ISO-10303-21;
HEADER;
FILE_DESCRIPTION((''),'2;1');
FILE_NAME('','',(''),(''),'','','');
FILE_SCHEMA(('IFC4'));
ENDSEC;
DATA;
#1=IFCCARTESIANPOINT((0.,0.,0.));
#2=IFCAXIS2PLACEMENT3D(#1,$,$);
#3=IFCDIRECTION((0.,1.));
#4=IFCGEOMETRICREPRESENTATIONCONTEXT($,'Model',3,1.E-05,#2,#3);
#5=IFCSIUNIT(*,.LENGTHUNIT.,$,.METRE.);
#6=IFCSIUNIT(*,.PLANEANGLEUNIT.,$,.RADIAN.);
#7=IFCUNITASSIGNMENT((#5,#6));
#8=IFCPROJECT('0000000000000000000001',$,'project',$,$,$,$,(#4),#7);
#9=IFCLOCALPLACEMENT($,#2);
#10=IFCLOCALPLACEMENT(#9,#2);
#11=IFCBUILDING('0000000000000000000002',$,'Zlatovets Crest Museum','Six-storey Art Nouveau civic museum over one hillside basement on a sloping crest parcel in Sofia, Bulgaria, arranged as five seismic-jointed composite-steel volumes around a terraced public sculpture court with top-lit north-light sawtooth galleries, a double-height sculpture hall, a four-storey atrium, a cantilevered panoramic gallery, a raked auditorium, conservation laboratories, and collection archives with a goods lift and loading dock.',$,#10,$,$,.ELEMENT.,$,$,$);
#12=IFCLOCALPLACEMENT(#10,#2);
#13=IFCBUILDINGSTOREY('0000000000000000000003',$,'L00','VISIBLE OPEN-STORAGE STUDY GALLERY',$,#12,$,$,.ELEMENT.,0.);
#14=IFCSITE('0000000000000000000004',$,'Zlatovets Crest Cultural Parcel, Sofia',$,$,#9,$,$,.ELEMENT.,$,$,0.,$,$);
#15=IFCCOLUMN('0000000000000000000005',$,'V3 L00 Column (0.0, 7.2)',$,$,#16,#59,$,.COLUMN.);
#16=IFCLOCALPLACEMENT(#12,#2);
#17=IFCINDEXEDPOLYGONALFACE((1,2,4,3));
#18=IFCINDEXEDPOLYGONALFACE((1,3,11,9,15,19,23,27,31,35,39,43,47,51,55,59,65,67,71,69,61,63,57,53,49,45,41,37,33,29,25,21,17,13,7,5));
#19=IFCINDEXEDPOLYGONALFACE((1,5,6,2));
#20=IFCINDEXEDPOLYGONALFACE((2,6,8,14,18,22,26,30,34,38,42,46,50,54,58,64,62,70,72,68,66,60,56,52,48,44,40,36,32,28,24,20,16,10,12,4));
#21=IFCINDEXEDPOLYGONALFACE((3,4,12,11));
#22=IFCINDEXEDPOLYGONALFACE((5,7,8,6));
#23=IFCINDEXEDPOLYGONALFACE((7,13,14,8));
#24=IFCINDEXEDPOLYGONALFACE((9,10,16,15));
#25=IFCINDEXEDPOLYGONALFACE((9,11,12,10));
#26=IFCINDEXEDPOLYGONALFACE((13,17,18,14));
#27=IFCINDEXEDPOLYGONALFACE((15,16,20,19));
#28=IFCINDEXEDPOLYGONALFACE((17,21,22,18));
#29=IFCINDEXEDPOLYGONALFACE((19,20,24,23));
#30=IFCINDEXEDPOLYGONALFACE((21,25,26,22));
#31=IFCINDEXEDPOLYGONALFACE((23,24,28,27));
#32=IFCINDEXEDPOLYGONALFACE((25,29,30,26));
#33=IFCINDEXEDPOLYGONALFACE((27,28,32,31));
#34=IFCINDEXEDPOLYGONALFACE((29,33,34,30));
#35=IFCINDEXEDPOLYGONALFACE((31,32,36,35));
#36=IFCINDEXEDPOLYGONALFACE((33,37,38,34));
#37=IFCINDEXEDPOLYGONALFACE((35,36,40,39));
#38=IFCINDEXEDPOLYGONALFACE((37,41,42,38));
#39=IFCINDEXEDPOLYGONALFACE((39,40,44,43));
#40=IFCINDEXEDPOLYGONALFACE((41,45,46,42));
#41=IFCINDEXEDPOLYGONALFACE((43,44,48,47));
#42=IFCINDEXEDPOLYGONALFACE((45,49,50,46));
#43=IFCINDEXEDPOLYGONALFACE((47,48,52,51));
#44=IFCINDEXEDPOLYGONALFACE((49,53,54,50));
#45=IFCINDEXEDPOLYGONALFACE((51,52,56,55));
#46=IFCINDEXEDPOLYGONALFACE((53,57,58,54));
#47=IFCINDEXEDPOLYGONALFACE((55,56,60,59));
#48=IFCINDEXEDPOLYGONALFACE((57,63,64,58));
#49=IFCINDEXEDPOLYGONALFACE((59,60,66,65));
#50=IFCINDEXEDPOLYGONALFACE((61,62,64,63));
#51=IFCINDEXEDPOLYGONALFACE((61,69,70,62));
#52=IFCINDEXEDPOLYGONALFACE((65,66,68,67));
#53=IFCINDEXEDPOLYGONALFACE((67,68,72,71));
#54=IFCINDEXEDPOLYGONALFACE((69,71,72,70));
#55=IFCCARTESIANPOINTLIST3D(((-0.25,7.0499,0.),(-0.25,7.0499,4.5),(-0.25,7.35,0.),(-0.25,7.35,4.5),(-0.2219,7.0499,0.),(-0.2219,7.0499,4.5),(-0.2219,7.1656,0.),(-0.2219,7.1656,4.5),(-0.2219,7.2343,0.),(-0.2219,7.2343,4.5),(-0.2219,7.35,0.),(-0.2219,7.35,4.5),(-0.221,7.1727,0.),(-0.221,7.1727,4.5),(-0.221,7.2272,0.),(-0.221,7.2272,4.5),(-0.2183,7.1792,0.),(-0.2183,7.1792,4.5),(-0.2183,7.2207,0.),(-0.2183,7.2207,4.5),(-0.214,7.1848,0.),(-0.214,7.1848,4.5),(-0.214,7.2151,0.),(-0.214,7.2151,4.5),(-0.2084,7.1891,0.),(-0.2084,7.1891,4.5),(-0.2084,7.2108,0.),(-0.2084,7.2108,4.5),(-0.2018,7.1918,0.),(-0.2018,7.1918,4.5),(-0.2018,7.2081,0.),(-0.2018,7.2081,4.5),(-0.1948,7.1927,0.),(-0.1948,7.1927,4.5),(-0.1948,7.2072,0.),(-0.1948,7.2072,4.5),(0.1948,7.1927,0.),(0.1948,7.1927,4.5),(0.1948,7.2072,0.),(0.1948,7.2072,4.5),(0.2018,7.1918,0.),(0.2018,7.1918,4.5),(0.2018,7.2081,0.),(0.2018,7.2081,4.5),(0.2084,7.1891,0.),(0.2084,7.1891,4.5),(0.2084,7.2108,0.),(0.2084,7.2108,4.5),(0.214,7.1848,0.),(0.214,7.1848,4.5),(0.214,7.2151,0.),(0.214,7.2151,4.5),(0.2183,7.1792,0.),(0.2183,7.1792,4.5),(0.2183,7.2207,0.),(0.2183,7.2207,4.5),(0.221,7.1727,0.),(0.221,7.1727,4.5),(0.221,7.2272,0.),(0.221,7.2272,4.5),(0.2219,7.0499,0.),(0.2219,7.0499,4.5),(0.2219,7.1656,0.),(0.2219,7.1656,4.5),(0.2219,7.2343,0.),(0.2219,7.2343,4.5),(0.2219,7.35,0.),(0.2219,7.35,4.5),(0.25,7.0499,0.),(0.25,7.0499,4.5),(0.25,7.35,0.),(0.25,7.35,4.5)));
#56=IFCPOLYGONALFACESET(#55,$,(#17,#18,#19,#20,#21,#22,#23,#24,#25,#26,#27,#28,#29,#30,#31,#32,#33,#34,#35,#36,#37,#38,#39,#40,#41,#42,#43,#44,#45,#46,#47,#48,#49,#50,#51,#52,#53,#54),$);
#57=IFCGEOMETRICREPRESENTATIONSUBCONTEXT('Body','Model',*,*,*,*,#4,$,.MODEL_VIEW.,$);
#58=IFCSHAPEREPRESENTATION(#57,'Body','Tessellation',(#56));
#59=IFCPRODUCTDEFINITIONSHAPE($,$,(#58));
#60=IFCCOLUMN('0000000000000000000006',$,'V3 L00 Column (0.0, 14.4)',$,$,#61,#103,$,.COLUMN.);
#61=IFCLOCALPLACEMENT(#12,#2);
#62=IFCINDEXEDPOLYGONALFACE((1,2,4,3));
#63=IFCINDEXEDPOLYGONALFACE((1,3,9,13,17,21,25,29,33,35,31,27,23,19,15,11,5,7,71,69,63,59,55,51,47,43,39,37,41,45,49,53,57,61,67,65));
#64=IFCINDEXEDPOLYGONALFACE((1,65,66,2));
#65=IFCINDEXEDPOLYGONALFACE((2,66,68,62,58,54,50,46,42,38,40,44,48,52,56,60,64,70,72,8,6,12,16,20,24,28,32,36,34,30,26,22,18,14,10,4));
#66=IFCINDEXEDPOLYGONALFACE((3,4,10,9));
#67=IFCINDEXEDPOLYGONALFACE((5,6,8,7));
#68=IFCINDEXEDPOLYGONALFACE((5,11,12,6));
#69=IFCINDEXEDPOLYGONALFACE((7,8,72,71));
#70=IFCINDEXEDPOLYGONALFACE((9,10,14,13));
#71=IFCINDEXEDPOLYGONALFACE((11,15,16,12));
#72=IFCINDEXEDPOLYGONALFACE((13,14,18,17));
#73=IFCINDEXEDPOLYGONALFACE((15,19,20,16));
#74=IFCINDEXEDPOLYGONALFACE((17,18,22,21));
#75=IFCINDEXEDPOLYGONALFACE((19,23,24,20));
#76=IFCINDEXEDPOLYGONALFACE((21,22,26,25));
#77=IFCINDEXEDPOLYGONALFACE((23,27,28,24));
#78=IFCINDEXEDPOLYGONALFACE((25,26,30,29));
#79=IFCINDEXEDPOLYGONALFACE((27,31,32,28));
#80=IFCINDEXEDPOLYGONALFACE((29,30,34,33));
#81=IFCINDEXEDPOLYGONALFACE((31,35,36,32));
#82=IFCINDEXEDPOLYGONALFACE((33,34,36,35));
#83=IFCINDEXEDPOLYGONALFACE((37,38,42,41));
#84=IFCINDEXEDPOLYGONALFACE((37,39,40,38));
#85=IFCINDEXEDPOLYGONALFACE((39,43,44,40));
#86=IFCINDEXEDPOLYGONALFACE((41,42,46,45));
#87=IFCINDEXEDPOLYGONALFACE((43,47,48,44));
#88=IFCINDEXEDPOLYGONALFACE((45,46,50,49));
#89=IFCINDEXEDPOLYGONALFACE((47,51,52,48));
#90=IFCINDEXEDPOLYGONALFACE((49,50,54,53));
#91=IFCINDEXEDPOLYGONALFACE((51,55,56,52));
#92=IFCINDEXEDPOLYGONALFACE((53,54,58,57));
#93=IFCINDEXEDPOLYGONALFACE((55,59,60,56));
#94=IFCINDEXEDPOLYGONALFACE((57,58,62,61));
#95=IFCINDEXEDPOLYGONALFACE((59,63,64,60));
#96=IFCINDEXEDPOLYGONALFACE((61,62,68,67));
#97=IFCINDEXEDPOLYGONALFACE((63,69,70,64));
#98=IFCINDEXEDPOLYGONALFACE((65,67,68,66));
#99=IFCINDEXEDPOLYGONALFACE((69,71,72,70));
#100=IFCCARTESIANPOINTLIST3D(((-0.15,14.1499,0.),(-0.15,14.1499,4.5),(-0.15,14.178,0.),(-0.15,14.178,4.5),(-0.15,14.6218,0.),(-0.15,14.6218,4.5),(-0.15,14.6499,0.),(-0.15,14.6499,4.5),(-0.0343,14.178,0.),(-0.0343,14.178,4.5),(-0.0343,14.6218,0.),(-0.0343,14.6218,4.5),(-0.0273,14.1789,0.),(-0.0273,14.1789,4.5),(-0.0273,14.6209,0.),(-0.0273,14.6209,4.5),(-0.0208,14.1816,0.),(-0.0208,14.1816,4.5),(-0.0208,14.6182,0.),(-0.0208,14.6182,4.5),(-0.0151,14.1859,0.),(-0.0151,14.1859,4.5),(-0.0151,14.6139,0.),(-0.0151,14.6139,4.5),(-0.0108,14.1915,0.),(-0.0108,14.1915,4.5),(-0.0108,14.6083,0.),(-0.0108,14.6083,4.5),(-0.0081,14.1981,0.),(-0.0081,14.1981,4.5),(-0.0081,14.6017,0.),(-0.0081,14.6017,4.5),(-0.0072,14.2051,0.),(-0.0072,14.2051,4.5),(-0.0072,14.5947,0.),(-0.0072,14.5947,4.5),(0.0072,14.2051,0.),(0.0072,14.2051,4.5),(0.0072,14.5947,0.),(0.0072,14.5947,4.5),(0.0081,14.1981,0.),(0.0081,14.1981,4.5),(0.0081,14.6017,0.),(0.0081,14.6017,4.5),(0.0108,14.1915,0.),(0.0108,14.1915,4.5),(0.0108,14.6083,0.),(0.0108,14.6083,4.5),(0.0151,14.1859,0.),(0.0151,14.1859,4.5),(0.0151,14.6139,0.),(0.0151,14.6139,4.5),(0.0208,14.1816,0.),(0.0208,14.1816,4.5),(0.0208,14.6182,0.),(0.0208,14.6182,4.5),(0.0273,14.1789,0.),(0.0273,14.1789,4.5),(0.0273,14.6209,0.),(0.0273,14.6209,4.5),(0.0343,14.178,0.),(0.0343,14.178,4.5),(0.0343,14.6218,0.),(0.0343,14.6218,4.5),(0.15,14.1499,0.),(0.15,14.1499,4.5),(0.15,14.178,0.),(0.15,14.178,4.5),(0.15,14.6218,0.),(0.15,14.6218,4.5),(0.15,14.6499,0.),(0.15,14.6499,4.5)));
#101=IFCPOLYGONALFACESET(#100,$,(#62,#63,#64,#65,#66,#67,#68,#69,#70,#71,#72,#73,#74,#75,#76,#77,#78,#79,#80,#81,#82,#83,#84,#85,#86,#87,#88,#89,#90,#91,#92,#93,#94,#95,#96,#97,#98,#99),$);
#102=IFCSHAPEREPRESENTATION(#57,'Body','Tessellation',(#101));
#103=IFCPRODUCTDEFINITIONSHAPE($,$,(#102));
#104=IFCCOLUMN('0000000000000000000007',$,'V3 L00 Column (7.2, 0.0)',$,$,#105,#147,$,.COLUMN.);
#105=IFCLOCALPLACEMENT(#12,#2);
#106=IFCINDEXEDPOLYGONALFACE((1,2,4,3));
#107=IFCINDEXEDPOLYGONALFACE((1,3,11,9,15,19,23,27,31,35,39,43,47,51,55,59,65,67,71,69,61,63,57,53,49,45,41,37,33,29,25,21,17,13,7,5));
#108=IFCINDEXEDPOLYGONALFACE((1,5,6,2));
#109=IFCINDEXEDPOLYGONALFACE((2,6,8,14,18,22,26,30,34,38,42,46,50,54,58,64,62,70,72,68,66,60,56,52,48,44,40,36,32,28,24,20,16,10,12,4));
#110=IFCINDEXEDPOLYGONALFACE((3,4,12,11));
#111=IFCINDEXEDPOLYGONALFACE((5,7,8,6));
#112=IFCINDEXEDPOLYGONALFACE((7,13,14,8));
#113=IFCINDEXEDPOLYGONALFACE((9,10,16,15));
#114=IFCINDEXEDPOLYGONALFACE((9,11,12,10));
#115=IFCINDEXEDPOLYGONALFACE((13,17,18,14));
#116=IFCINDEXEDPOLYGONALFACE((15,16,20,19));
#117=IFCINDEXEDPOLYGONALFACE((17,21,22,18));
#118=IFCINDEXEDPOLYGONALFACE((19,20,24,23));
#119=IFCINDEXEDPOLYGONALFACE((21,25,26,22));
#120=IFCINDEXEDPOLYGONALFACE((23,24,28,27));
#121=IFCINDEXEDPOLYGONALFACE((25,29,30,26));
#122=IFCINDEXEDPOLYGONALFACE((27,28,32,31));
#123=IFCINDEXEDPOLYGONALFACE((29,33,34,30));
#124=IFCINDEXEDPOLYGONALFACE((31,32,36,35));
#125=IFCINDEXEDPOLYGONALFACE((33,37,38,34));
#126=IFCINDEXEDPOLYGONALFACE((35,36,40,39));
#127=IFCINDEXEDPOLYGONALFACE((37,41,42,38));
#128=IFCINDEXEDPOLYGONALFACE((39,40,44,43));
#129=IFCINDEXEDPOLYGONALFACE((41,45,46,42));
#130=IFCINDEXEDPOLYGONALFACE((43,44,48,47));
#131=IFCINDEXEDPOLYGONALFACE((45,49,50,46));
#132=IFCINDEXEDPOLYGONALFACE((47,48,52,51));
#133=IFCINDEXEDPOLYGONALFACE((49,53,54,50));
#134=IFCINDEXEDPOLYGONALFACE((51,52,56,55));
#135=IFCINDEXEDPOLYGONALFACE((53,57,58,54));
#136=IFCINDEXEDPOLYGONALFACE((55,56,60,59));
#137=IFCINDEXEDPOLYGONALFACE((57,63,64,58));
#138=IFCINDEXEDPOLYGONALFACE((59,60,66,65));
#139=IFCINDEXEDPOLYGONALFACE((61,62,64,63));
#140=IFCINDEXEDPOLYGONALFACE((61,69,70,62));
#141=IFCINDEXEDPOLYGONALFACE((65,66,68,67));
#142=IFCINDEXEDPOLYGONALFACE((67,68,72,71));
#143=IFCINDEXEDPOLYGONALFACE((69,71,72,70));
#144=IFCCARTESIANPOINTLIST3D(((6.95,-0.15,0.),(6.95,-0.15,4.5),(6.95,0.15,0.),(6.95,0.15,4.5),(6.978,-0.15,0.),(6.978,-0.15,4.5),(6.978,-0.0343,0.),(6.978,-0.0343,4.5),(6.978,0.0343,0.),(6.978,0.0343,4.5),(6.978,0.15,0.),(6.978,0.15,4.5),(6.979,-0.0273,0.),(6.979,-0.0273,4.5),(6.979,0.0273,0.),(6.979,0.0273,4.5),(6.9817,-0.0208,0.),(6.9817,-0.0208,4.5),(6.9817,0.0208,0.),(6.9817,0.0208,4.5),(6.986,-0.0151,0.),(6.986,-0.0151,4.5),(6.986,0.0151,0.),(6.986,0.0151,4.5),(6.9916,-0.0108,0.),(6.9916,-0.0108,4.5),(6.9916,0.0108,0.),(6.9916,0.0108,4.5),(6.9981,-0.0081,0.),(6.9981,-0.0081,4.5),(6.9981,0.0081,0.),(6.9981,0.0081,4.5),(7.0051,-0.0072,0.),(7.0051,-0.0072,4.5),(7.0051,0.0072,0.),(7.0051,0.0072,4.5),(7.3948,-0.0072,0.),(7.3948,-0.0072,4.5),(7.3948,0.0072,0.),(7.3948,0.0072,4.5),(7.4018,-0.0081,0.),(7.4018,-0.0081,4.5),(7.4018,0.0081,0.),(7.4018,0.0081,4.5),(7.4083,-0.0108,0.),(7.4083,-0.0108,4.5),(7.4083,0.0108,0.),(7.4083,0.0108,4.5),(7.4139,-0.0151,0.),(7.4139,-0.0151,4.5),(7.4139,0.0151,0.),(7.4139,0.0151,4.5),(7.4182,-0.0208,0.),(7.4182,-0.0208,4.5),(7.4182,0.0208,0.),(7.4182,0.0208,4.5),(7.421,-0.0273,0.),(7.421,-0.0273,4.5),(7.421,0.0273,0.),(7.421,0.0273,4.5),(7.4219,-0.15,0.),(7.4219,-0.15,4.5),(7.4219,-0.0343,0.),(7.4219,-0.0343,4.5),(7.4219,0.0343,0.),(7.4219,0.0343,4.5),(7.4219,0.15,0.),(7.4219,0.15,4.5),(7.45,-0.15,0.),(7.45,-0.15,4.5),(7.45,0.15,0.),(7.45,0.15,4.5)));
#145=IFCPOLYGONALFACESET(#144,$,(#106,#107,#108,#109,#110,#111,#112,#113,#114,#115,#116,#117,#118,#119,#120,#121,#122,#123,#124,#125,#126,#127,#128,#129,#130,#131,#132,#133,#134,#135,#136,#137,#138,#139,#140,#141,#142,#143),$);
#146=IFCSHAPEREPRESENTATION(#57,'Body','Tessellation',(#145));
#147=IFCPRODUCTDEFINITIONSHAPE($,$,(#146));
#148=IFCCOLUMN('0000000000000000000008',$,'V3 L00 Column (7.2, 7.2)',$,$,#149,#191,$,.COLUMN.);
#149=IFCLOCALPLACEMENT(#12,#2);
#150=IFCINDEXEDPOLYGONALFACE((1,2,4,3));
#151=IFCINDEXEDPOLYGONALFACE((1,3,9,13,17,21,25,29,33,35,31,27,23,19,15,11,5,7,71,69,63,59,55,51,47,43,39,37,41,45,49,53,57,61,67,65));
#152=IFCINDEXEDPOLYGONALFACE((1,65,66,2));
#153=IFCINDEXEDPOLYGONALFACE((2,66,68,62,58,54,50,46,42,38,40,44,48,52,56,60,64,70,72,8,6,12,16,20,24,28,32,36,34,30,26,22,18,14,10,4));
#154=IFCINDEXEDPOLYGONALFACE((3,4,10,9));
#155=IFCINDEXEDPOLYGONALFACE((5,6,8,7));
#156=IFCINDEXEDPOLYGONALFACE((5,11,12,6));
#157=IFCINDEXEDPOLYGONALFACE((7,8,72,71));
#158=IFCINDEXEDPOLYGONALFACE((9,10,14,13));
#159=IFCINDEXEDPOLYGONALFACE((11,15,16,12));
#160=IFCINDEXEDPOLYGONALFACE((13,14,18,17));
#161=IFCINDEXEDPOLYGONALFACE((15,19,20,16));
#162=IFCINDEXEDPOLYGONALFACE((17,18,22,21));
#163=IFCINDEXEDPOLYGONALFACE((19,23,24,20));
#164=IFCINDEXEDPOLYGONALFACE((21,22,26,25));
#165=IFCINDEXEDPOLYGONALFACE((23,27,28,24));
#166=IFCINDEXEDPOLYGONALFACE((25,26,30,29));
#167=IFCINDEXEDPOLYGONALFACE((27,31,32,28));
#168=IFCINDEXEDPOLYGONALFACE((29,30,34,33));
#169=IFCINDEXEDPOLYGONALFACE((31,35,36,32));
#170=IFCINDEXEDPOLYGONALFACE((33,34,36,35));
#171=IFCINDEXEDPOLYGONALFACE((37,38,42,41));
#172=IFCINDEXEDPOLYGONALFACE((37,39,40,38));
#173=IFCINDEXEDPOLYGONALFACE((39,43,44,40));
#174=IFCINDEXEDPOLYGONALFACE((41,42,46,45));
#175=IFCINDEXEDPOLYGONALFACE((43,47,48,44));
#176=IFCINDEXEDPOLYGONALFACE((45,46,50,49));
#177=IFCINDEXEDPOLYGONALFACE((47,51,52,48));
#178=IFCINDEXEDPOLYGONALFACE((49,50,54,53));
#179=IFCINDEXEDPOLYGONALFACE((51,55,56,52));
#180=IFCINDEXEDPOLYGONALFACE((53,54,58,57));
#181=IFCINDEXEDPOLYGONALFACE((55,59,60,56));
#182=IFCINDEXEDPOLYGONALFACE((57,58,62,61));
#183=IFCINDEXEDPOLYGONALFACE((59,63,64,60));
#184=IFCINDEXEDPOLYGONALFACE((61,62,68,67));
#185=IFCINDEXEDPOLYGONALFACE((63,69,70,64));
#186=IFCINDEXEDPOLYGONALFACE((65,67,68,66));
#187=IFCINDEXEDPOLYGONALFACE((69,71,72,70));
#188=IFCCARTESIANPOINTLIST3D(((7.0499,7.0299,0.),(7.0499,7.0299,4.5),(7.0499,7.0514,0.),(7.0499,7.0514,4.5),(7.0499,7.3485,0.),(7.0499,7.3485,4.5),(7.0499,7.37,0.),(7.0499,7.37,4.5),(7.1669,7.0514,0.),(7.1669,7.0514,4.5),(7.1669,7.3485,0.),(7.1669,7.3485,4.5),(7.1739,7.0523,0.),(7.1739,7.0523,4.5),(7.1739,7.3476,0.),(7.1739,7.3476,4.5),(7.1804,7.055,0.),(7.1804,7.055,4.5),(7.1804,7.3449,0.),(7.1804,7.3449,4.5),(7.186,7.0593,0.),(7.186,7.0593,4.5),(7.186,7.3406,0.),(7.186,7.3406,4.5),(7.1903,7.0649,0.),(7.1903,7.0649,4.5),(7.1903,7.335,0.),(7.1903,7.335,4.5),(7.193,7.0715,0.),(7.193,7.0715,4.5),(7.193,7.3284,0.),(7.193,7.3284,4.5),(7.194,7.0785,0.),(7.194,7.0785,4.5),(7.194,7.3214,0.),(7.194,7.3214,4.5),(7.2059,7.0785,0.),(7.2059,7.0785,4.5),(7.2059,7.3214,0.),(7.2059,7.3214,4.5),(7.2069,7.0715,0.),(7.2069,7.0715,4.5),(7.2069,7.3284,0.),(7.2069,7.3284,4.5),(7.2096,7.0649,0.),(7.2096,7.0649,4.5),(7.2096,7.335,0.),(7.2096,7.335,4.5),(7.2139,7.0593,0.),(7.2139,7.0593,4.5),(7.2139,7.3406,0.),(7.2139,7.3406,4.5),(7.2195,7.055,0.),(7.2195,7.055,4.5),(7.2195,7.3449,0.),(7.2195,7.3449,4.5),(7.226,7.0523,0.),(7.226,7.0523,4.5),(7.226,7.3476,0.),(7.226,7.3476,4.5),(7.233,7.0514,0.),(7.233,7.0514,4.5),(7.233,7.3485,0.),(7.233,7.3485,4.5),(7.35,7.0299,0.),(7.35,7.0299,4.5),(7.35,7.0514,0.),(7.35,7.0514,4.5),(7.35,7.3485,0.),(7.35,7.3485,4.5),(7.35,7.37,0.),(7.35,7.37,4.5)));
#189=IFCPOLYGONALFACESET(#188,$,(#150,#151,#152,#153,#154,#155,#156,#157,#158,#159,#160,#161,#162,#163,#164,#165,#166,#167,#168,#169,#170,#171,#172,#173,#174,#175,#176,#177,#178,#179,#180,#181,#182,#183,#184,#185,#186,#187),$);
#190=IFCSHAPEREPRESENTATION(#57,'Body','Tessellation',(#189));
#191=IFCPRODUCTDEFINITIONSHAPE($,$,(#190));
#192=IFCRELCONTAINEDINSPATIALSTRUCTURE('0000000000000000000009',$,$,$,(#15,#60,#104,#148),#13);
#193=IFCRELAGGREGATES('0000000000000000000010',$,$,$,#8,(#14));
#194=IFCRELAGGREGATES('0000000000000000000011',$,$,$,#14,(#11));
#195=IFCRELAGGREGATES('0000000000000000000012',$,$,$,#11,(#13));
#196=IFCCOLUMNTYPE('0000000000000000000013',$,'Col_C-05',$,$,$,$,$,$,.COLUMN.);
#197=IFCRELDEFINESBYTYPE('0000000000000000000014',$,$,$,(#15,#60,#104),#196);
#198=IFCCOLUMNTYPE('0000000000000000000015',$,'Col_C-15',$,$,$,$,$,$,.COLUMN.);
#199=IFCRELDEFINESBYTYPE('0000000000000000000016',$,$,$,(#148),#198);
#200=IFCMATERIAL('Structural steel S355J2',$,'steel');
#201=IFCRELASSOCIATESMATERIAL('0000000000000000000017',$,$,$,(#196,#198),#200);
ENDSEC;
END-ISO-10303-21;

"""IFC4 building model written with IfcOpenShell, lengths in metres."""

from ifc_helpers import new_model, si_unit, direction, frame, origin, origin_2d, place, context, subcontext, project, spatial, i_section, extrude, material, material_profile, profile_set, type_object, element, save


model = new_model("IFC4")

# Units and contexts
model_context = context("Model", 3, precision=1e-05, world=origin(), true_north=direction((0.0, 1.0)))
body_context = subcontext(model_context, "Body", "Model", "MODEL_VIEW")
ifc_project = project(units=[si_unit("LENGTHUNIT", "METRE"), si_unit("PLANEANGLEUNIT", "RADIAN")], contexts=[model_context])

# Site, building, storey
site_placement = place(None, origin())
site = spatial("IfcSite", under=ifc_project, at=site_placement, Name="Zlatovets Crest Cultural Parcel, Sofia", CompositionType="ELEMENT", RefElevation=0.0)
building_placement = place(site_placement, origin())
building = spatial("IfcBuilding", under=site, at=building_placement, Name="Zlatovets Crest Museum", Description="Six-storey Art Nouveau civic museum over one hillside basement on a sloping crest parcel in Sofia, Bulgaria, arranged as five seismic-jointed composite-steel volumes around a terraced public sculpture court with top-lit north-light sawtooth galleries, a double-height sculpture hall, a four-storey atrium, a cantilevered panoramic gallery, a raked auditorium, conservation laboratories, and collection archives with a goods lift and loading dock.", CompositionType="ELEMENT")
storey_placement = place(building_placement, origin())
storey = spatial("IfcBuildingStorey", under=building, at=storey_placement, Name="L00", Description="VISIBLE OPEN-STORAGE STUDY GALLERY", CompositionType="ELEMENT", Elevation=0.0)

# Columns
ifc_material_1 = material(Name="Structural steel S355J2", Category="steel")
ifc_material_profile_1 = material_profile(ifc_material_1, i_section(OverallWidth=0.3, OverallDepth=0.5, WebThickness=0.0144, FlangeThickness=0.0281, FilletRadius=0.0271, at=origin_2d()), Name="HEB 500")
ifc_profile_set_1 = profile_set([ifc_material_profile_1], Name="Structural steel S355J2")
column_type_1 = type_object("IfcColumnType", Name="Col_C-05", PredefinedType="COLUMN", material=ifc_profile_set_1)
for number, where, z_axis, x_axis, name in (
    (1, (0.0, 7.2, 0.0), (0.0, 0.0, 1.0), (0.0, 1.0, 0.0), "V3 L00 Column (0.0, 7.2)"),
    (2, (0.0, 14.3999, 0.0), (0.0, 0.0, 1.0), (1.0, 0.0, 0.0), "V3 L00 Column (0.0, 14.4)"),
    (3, (7.2, 0.0, 0.0), (0.0, 0.0, 1.0), (0.0, 1.0, 0.0), "V3 L00 Column (7.2, 0.0)"),
):
    element("IfcColumn", number, at=place(storey_placement, frame(where, z_axis=z_axis, x_axis=x_axis)), inside=storey, type_object=column_type_1, Name=name, PredefinedType="COLUMN", context=body_context, shape_type="SweptSolid", body=[
        extrude(i_section(OverallWidth=0.3, OverallDepth=0.5, WebThickness=0.0144, FlangeThickness=0.0281, FilletRadius=0.0271, at=origin_2d()), origin(), (0.0, 0.0, 1.0), 4.5),
    ])
ifc_material_profile_2 = material_profile(ifc_material_1, i_section(OverallWidth=0.3, OverallDepth=0.3401, WebThickness=0.012, FlangeThickness=0.0215, FilletRadius=0.0271, at=origin_2d()), Name="HEB 340")
ifc_profile_set_2 = profile_set([ifc_material_profile_2], Name="Structural steel S355J2")
column_type_2 = type_object("IfcColumnType", Name="Col_C-15", PredefinedType="COLUMN", material=ifc_profile_set_2)
column_placement = place(storey_placement, frame((7.2, 7.2, 0.0), z_axis=(0.0, 0.0, 1.0), x_axis=(1.0, 0.0, 0.0)))
element("IfcColumn", 4, at=column_placement, inside=storey, type_object=column_type_2, Name="V3 L00 Column (7.2, 7.2)", PredefinedType="COLUMN", context=body_context, shape_type="SweptSolid", body=[
    extrude(i_section(OverallWidth=0.3, OverallDepth=0.3401, WebThickness=0.012, FlangeThickness=0.0215, FilletRadius=0.0271, at=origin_2d()), origin(), (0.0, 0.0, 1.0), 4.5),
])

save(model, "model.ifc")
